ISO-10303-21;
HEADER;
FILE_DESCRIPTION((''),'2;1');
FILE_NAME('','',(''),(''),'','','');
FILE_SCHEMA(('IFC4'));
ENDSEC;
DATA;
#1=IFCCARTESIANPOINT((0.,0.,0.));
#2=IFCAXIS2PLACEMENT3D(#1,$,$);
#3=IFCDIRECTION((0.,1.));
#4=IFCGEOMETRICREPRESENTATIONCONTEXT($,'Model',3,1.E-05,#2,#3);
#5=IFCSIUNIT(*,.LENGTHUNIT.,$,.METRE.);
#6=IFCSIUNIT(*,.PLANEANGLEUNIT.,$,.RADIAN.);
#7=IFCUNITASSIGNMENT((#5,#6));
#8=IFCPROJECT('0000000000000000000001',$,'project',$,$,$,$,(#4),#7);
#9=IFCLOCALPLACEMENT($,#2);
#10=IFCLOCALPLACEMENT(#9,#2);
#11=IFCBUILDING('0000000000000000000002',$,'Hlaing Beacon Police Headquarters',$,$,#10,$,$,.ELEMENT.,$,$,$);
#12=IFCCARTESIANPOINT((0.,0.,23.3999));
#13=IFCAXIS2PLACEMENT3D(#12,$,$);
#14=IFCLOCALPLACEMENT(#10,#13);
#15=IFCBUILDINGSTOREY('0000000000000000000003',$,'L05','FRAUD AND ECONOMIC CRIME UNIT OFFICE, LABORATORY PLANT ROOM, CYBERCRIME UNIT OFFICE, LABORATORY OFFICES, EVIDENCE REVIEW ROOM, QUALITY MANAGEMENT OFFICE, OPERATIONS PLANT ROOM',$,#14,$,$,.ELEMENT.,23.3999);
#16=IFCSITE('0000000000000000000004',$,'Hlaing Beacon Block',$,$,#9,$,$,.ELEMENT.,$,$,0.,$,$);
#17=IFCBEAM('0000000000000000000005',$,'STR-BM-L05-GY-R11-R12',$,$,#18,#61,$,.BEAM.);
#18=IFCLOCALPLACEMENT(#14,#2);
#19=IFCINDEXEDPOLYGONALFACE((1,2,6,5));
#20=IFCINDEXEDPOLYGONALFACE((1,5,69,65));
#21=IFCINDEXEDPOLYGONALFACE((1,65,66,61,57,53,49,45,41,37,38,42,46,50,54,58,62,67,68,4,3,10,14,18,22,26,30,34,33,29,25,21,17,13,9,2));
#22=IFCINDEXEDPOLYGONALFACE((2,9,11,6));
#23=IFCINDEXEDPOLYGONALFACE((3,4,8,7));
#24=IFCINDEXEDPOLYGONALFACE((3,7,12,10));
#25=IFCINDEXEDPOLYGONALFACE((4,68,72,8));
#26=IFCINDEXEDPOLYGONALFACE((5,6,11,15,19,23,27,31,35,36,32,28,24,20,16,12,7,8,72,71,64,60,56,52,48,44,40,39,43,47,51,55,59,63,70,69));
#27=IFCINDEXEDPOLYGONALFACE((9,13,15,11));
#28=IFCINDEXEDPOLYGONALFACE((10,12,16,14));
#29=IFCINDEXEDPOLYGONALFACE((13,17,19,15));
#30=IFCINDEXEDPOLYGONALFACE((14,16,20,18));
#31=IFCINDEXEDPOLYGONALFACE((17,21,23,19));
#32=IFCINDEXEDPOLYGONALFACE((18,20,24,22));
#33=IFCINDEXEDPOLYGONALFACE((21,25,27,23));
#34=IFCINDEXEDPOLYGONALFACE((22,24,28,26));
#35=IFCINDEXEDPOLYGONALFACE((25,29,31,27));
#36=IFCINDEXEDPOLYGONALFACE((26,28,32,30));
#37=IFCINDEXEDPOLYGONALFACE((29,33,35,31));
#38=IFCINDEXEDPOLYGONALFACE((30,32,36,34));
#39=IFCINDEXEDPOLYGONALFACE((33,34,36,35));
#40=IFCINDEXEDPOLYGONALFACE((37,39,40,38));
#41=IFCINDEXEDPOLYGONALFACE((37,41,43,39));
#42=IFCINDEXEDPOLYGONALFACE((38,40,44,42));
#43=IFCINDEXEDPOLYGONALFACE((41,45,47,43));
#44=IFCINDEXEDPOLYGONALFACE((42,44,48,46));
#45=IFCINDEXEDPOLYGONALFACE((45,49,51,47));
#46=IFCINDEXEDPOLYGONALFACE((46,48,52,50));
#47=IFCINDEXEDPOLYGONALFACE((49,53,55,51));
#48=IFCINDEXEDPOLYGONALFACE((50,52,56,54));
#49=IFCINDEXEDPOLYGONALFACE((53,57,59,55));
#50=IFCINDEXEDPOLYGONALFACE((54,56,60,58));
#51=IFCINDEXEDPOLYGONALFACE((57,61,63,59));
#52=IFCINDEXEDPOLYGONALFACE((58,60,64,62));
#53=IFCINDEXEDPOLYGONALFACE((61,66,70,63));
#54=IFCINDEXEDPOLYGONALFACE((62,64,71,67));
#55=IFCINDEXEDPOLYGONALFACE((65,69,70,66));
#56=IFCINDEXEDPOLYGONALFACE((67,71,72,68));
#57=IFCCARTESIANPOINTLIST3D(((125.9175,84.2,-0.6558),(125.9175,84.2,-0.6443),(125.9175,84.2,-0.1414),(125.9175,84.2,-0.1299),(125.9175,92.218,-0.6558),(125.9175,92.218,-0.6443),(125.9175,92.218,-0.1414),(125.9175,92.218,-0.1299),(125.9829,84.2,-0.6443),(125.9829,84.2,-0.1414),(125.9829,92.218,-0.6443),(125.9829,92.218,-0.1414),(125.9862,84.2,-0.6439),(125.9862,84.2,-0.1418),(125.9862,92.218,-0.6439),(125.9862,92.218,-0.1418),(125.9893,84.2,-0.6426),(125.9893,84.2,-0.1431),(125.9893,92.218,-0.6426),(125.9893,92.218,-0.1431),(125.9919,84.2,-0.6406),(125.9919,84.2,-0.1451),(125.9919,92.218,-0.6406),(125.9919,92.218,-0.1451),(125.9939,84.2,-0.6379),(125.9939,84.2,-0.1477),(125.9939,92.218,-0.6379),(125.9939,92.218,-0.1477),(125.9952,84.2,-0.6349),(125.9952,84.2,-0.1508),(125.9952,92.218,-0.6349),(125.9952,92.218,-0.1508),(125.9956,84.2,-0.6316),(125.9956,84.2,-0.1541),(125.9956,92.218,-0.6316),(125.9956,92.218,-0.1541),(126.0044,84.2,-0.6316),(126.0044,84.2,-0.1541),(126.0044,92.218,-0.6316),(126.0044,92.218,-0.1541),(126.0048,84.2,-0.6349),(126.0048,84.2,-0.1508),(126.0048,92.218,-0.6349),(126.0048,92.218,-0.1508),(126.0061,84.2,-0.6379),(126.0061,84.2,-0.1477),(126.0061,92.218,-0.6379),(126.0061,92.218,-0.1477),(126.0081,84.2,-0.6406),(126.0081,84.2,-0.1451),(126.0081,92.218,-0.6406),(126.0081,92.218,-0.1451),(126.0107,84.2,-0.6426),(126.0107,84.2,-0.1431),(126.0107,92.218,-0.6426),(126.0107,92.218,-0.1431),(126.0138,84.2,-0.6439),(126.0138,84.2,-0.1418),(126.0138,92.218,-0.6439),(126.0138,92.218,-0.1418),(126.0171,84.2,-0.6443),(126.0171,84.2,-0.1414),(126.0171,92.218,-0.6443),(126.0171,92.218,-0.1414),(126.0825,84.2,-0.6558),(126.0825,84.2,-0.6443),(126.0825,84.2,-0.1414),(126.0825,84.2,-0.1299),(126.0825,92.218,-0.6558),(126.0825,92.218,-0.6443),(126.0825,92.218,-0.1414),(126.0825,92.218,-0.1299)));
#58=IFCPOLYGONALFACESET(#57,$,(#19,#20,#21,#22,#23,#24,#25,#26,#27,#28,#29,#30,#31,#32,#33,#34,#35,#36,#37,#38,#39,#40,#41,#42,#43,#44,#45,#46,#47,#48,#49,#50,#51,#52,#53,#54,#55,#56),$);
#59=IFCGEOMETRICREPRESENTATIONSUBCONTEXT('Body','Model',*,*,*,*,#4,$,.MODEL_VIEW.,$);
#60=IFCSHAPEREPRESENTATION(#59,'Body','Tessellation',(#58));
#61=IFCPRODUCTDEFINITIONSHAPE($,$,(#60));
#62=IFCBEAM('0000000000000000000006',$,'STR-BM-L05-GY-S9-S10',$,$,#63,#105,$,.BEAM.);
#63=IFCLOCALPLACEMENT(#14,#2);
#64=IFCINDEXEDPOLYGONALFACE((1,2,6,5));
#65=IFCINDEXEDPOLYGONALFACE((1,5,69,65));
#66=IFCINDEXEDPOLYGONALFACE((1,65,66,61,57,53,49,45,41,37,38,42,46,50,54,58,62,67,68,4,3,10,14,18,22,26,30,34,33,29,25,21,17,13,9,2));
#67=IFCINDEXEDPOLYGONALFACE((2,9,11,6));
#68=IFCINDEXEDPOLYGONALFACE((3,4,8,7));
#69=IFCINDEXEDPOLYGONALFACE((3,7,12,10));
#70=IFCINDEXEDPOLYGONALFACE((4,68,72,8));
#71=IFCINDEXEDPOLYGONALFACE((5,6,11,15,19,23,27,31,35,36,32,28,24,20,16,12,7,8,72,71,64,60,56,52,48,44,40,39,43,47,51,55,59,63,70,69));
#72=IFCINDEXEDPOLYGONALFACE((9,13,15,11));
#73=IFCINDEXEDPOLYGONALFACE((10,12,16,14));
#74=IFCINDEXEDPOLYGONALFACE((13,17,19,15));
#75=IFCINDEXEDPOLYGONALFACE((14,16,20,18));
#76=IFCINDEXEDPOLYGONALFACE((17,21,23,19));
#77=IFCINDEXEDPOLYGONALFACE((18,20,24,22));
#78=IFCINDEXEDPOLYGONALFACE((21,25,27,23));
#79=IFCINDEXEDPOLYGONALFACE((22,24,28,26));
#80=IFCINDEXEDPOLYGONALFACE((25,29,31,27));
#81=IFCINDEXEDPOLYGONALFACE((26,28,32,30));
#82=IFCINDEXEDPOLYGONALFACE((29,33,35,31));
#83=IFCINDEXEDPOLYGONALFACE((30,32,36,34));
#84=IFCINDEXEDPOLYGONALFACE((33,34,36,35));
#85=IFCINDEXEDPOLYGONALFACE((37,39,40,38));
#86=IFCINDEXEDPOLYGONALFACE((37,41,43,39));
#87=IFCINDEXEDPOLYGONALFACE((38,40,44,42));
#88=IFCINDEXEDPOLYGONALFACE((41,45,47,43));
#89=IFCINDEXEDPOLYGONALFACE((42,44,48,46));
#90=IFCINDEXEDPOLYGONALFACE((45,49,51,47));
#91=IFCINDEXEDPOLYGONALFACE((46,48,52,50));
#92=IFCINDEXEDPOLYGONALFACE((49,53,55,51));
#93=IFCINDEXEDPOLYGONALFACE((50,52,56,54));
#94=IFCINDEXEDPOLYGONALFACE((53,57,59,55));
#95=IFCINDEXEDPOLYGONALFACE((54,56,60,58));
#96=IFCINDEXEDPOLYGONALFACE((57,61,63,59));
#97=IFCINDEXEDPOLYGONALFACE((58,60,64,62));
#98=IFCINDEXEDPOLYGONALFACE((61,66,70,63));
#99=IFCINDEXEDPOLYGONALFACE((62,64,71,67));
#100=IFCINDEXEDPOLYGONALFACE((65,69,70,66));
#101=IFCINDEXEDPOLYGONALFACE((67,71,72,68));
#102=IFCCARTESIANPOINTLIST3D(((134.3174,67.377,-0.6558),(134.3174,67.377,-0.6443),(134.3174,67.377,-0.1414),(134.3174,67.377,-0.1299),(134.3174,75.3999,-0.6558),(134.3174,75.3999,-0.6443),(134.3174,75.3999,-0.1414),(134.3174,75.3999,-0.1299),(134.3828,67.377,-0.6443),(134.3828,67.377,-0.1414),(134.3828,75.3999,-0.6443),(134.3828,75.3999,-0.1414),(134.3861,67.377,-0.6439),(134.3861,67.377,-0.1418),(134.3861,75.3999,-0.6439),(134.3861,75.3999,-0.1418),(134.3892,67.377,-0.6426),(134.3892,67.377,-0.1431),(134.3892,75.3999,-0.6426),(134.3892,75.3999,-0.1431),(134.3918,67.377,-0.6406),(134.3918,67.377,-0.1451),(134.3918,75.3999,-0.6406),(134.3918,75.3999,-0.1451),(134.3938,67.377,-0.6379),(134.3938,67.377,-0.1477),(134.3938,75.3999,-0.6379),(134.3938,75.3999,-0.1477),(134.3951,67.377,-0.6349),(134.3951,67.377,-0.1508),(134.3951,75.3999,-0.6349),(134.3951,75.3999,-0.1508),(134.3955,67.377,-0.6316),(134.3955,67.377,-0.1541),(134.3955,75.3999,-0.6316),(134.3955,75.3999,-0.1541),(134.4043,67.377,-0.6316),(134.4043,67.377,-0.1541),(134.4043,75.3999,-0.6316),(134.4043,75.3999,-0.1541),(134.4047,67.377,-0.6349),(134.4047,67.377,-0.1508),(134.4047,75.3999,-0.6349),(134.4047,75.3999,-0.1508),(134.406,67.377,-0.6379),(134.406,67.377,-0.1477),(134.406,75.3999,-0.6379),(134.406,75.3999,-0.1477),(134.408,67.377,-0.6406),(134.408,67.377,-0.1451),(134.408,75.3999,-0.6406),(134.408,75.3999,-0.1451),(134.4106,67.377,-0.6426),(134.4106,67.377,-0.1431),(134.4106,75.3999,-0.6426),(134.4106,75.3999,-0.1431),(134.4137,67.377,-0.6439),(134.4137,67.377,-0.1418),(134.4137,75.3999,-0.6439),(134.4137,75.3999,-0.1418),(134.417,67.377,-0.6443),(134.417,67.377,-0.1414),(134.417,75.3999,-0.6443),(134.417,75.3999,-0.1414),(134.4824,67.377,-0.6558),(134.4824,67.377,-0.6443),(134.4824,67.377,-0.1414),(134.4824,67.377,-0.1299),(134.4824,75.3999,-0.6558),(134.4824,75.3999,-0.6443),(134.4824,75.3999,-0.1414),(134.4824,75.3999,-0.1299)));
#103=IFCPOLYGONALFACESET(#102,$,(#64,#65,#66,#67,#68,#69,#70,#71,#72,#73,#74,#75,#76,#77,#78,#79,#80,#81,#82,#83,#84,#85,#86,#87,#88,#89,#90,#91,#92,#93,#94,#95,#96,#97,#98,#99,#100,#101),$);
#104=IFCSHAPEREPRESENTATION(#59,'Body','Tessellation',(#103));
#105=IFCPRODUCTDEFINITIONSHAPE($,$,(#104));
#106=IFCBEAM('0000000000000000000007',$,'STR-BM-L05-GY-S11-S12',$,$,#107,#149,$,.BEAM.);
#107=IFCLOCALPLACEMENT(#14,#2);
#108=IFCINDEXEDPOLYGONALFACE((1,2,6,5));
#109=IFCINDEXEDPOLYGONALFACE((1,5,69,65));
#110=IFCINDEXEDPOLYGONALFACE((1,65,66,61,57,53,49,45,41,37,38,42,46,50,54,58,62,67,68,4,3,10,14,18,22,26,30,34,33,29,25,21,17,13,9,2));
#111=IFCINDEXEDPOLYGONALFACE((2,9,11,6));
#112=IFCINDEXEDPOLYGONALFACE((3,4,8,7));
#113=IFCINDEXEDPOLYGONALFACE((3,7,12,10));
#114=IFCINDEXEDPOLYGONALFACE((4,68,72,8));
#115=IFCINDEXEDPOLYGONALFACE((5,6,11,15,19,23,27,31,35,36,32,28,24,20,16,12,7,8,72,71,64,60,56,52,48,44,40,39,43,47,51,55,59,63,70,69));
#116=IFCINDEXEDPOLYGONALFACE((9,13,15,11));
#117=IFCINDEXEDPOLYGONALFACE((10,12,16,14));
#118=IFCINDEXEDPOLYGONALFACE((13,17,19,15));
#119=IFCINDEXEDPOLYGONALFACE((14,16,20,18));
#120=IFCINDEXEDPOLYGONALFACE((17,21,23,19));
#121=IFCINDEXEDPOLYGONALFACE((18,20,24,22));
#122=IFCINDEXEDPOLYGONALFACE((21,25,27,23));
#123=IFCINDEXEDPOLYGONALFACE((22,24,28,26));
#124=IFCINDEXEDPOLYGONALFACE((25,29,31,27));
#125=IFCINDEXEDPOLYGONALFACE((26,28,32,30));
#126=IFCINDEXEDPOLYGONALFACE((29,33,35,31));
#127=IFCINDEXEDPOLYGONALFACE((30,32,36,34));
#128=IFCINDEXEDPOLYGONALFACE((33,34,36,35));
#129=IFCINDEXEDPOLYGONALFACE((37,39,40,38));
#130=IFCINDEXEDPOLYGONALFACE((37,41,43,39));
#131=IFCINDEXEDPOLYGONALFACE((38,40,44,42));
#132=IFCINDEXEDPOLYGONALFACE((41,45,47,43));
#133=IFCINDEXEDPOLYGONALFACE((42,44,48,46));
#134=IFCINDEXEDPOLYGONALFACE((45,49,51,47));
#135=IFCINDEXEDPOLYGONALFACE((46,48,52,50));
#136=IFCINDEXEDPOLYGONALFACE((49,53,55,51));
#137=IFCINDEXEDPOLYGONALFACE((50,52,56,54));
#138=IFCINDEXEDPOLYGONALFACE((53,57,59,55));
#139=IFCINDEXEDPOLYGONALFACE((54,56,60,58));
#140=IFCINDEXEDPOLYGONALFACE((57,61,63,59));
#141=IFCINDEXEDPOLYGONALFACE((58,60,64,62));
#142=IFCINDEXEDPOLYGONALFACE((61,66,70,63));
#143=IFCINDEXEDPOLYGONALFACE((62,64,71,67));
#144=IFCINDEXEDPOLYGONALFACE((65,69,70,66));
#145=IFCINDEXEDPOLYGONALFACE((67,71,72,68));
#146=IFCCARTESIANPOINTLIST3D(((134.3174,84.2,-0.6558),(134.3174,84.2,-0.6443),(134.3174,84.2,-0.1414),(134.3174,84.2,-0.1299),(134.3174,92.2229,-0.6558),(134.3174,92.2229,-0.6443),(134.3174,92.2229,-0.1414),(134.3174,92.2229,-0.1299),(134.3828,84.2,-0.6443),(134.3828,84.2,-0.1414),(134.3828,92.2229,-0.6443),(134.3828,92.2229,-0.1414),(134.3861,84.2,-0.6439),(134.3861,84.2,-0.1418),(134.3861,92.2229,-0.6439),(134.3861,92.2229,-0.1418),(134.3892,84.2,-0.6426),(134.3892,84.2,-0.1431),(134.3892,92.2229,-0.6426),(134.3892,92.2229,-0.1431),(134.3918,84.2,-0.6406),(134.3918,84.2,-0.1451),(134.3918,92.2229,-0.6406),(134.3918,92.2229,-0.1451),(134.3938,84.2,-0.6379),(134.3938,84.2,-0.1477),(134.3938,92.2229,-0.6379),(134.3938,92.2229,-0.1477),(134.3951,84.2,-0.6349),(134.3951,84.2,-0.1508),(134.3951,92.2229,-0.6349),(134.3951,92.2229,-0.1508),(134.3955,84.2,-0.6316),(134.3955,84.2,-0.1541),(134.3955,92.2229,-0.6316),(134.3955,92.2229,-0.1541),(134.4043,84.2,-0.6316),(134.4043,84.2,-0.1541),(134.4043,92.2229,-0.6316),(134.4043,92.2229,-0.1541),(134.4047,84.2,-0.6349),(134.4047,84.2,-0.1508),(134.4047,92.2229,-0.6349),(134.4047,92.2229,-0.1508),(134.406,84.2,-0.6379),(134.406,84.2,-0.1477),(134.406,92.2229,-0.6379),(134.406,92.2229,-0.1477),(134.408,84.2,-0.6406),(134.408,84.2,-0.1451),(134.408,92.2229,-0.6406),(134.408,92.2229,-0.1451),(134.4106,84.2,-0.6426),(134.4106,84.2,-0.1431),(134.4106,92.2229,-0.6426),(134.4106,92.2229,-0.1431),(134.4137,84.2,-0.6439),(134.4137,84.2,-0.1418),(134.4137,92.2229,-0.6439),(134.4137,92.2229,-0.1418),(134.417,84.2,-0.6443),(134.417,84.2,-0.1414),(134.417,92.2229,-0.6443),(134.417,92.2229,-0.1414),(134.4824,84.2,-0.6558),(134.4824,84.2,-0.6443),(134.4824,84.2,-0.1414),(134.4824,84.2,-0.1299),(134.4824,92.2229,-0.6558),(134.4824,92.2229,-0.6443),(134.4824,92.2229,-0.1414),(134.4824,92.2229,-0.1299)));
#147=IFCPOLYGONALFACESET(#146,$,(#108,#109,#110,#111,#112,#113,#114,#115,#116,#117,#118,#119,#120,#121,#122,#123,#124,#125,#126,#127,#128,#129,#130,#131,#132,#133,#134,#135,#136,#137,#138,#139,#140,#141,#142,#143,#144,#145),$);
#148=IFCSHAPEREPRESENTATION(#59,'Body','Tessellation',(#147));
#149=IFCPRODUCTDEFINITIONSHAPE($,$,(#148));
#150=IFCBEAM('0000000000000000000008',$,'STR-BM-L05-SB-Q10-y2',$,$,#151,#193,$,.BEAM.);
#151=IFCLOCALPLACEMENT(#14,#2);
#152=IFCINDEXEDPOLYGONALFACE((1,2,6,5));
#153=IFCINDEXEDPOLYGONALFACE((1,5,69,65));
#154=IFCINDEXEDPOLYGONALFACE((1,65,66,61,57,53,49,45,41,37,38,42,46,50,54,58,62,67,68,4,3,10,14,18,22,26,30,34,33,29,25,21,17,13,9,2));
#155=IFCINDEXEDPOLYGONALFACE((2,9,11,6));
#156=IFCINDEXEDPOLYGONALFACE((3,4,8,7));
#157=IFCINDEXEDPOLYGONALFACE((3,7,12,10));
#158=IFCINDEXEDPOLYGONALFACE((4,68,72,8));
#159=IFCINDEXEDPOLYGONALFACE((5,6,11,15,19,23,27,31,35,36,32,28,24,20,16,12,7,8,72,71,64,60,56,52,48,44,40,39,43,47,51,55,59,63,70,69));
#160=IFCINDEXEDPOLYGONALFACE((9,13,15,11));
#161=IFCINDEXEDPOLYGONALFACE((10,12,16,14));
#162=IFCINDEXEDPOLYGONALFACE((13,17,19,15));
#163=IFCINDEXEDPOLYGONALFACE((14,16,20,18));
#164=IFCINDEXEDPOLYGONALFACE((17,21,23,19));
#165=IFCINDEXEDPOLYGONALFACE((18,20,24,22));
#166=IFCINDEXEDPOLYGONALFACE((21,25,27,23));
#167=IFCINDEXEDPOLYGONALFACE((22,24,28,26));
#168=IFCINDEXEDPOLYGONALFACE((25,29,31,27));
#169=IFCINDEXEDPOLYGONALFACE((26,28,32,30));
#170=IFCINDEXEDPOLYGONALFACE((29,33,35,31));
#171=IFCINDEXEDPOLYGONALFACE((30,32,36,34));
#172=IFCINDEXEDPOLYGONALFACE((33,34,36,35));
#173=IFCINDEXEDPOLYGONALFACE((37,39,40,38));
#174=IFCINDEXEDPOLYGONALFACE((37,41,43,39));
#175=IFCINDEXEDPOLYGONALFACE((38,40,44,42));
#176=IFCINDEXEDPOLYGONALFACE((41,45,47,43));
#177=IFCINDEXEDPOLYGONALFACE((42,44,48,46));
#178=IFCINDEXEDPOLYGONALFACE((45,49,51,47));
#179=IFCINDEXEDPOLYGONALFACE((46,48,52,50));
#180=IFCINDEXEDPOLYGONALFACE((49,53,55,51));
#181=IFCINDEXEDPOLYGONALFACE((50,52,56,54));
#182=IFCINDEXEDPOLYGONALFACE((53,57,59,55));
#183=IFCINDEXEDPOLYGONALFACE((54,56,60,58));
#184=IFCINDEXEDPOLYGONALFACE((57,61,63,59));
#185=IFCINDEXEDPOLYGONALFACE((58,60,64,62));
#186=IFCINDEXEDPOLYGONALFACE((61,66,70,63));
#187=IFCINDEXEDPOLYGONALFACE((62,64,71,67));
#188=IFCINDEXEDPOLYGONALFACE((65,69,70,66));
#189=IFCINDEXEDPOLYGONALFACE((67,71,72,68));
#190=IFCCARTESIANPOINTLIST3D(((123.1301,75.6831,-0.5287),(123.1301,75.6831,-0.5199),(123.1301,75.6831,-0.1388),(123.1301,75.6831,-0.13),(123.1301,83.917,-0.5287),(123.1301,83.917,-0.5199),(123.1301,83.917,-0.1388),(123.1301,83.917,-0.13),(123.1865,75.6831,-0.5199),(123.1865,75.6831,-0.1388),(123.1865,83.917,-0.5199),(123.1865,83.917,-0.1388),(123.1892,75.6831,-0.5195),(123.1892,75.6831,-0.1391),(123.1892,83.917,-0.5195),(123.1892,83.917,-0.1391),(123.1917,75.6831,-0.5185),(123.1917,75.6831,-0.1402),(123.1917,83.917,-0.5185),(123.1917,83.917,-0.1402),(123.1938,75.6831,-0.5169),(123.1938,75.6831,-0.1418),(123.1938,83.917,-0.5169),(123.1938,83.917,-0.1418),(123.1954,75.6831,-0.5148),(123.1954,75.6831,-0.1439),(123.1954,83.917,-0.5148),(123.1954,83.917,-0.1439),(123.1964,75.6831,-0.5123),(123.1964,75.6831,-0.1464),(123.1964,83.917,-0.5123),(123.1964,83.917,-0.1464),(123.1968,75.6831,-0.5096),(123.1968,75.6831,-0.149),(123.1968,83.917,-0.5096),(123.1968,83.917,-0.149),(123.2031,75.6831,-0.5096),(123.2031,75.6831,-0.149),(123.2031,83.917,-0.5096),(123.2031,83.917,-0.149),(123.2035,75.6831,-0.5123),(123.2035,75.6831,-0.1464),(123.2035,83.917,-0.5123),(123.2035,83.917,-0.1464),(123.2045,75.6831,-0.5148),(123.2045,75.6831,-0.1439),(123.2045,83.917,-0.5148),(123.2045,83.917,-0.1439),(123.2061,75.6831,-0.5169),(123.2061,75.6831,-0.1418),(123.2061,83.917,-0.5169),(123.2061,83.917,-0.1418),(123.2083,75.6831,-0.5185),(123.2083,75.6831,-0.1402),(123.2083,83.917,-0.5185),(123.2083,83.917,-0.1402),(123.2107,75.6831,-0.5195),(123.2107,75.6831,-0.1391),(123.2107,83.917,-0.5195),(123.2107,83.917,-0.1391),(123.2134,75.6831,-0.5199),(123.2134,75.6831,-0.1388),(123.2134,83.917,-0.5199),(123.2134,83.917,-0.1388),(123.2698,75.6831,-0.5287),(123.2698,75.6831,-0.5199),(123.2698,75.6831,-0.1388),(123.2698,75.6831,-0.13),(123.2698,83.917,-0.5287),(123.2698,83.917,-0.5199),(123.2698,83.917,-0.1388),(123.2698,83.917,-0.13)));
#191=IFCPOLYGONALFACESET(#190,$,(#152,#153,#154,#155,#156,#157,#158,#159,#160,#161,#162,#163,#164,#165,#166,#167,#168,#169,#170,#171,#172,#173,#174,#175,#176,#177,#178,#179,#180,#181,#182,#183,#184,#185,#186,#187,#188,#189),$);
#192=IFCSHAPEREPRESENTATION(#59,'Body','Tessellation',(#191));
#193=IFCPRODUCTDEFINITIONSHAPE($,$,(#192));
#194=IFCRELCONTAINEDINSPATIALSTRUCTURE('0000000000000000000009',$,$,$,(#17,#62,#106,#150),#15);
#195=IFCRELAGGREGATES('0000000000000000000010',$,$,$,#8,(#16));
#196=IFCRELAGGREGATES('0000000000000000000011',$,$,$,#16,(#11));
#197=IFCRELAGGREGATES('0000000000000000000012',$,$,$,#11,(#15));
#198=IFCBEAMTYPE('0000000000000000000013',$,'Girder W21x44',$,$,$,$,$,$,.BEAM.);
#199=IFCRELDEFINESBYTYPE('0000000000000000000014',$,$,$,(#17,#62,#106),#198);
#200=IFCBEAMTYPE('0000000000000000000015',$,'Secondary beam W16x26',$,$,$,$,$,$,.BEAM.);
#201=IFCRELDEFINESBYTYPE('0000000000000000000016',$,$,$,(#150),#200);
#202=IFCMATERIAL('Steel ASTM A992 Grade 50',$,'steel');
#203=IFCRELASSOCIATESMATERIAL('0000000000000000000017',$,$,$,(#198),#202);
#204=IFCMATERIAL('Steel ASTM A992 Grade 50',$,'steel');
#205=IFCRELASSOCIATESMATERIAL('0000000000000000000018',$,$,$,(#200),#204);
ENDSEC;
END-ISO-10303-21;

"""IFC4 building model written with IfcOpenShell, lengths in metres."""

from ifc_helpers import new_model, si_unit, direction, frame, origin, origin_2d, place, context, subcontext, project, spatial, i_section, extrude, material, material_profile, profile_set, type_object, element, save


model = new_model("IFC4")

# Units and contexts
model_context = context("Model", 3, precision=1e-05, world=origin(), true_north=direction((0.0, 1.0)))
body_context = subcontext(model_context, "Body", "Model", "MODEL_VIEW")
ifc_project = project(units=[si_unit("LENGTHUNIT", "METRE"), si_unit("PLANEANGLEUNIT", "RADIAN")], contexts=[model_context])

# Site, building, storey
site_placement = place(None, origin())
site = spatial("IfcSite", under=ifc_project, at=site_placement, Name="Hlaing Beacon Block", CompositionType="ELEMENT", RefElevation=0.0)
building_placement = place(site_placement, origin())
building = spatial("IfcBuilding", under=site, at=building_placement, Name="Hlaing Beacon Police Headquarters", CompositionType="ELEMENT")
storey_placement = place(building_placement, frame((0.0, 0.0, 23.3999)))
storey = spatial("IfcBuildingStorey", under=building, at=storey_placement, Name="L05", Description="FRAUD AND ECONOMIC CRIME UNIT OFFICE, LABORATORY PLANT ROOM, CYBERCRIME UNIT OFFICE, LABORATORY OFFICES, EVIDENCE REVIEW ROOM, QUALITY MANAGEMENT OFFICE, OPERATIONS PLANT ROOM", CompositionType="ELEMENT", Elevation=23.3999)

# Beams
ifc_material_1 = material(Name="Steel ASTM A992 Grade 50", Category="steel")
ifc_material_profile_1 = material_profile(ifc_material_1, i_section(OverallWidth=0.165, OverallDepth=0.5259, WebThickness=0.0088, FlangeThickness=0.0115, FilletRadius=0.0127, at=origin_2d()), Name="W21x44")
ifc_profile_set_1 = profile_set([ifc_material_profile_1], Name="Steel ASTM A992 Grade 50")
beam_type_1 = type_object("IfcBeamType", Name="Girder W21x44", PredefinedType="BEAM", material=ifc_profile_set_1)
beam_1_placement = place(storey_placement, frame((126.0, 84.2, -0.3928), z_axis=(0.0, 1.0, 0.0), x_axis=(-1.0, 0.0, 0.0)))
element("IfcBeam", 1, at=beam_1_placement, inside=storey, type_object=beam_type_1, Name="STR-BM-L05-GY-R11-R12", PredefinedType="BEAM", context=body_context, shape_type="SweptSolid", body=[
    extrude(i_section(OverallWidth=0.165, OverallDepth=0.5259, WebThickness=0.0088, FlangeThickness=0.0115, FilletRadius=0.0127, at=origin_2d()), origin(), (0.0, 0.0, 1.0), 8.0181),
])
for number, where, z_axis, x_axis, name in (
    (2, (134.3999, 67.377, -0.3928), (0.0, 1.0, 0.0), (-1.0, 0.0, 0.0), "STR-BM-L05-GY-S9-S10"),
    (3, (134.3999, 84.2, -0.3928), (0.0, 1.0, 0.0), (-1.0, 0.0, 0.0), "STR-BM-L05-GY-S11-S12"),
):
    element("IfcBeam", number, at=place(storey_placement, frame(where, z_axis=z_axis, x_axis=x_axis)), inside=storey, type_object=beam_type_1, Name=name, PredefinedType="BEAM", context=body_context, shape_type="SweptSolid", body=[
        extrude(i_section(OverallWidth=0.165, OverallDepth=0.5259, WebThickness=0.0088, FlangeThickness=0.0115, FilletRadius=0.0127, at=origin_2d()), origin(), (0.0, 0.0, 1.0), 8.0229),
    ])
ifc_material_2 = material(Name="Steel ASTM A992 Grade 50", Category="steel")
ifc_material_profile_2 = material_profile(ifc_material_2, i_section(OverallWidth=0.1396, OverallDepth=0.3987, WebThickness=0.0063, FlangeThickness=0.0088, FilletRadius=0.0103, at=origin_2d()), Name="W16x26")
ifc_profile_set_2 = profile_set([ifc_material_profile_2], Name="Steel ASTM A992 Grade 50")
beam_type_2 = type_object("IfcBeamType", Name="Secondary beam W16x26", PredefinedType="BEAM", material=ifc_profile_set_2)
for number, where, z_axis, x_axis, name in (
    (4, (123.2, 75.6831, -0.3293), (0.0, 1.0, 0.0), (-1.0, 0.0, 0.0), "STR-BM-L05-SB-Q10-y2"),
):
    element("IfcBeam", number, at=place(storey_placement, frame(where, z_axis=z_axis, x_axis=x_axis)), inside=storey, type_object=beam_type_2, Name=name, PredefinedType="BEAM", context=body_context, shape_type="SweptSolid", body=[
        extrude(i_section(OverallWidth=0.1396, OverallDepth=0.3987, WebThickness=0.0063, FlangeThickness=0.0088, FilletRadius=0.0103, at=origin_2d()), origin(), (0.0, 0.0, 1.0), 8.2339),
    ])

save(model, "model.ifc")
